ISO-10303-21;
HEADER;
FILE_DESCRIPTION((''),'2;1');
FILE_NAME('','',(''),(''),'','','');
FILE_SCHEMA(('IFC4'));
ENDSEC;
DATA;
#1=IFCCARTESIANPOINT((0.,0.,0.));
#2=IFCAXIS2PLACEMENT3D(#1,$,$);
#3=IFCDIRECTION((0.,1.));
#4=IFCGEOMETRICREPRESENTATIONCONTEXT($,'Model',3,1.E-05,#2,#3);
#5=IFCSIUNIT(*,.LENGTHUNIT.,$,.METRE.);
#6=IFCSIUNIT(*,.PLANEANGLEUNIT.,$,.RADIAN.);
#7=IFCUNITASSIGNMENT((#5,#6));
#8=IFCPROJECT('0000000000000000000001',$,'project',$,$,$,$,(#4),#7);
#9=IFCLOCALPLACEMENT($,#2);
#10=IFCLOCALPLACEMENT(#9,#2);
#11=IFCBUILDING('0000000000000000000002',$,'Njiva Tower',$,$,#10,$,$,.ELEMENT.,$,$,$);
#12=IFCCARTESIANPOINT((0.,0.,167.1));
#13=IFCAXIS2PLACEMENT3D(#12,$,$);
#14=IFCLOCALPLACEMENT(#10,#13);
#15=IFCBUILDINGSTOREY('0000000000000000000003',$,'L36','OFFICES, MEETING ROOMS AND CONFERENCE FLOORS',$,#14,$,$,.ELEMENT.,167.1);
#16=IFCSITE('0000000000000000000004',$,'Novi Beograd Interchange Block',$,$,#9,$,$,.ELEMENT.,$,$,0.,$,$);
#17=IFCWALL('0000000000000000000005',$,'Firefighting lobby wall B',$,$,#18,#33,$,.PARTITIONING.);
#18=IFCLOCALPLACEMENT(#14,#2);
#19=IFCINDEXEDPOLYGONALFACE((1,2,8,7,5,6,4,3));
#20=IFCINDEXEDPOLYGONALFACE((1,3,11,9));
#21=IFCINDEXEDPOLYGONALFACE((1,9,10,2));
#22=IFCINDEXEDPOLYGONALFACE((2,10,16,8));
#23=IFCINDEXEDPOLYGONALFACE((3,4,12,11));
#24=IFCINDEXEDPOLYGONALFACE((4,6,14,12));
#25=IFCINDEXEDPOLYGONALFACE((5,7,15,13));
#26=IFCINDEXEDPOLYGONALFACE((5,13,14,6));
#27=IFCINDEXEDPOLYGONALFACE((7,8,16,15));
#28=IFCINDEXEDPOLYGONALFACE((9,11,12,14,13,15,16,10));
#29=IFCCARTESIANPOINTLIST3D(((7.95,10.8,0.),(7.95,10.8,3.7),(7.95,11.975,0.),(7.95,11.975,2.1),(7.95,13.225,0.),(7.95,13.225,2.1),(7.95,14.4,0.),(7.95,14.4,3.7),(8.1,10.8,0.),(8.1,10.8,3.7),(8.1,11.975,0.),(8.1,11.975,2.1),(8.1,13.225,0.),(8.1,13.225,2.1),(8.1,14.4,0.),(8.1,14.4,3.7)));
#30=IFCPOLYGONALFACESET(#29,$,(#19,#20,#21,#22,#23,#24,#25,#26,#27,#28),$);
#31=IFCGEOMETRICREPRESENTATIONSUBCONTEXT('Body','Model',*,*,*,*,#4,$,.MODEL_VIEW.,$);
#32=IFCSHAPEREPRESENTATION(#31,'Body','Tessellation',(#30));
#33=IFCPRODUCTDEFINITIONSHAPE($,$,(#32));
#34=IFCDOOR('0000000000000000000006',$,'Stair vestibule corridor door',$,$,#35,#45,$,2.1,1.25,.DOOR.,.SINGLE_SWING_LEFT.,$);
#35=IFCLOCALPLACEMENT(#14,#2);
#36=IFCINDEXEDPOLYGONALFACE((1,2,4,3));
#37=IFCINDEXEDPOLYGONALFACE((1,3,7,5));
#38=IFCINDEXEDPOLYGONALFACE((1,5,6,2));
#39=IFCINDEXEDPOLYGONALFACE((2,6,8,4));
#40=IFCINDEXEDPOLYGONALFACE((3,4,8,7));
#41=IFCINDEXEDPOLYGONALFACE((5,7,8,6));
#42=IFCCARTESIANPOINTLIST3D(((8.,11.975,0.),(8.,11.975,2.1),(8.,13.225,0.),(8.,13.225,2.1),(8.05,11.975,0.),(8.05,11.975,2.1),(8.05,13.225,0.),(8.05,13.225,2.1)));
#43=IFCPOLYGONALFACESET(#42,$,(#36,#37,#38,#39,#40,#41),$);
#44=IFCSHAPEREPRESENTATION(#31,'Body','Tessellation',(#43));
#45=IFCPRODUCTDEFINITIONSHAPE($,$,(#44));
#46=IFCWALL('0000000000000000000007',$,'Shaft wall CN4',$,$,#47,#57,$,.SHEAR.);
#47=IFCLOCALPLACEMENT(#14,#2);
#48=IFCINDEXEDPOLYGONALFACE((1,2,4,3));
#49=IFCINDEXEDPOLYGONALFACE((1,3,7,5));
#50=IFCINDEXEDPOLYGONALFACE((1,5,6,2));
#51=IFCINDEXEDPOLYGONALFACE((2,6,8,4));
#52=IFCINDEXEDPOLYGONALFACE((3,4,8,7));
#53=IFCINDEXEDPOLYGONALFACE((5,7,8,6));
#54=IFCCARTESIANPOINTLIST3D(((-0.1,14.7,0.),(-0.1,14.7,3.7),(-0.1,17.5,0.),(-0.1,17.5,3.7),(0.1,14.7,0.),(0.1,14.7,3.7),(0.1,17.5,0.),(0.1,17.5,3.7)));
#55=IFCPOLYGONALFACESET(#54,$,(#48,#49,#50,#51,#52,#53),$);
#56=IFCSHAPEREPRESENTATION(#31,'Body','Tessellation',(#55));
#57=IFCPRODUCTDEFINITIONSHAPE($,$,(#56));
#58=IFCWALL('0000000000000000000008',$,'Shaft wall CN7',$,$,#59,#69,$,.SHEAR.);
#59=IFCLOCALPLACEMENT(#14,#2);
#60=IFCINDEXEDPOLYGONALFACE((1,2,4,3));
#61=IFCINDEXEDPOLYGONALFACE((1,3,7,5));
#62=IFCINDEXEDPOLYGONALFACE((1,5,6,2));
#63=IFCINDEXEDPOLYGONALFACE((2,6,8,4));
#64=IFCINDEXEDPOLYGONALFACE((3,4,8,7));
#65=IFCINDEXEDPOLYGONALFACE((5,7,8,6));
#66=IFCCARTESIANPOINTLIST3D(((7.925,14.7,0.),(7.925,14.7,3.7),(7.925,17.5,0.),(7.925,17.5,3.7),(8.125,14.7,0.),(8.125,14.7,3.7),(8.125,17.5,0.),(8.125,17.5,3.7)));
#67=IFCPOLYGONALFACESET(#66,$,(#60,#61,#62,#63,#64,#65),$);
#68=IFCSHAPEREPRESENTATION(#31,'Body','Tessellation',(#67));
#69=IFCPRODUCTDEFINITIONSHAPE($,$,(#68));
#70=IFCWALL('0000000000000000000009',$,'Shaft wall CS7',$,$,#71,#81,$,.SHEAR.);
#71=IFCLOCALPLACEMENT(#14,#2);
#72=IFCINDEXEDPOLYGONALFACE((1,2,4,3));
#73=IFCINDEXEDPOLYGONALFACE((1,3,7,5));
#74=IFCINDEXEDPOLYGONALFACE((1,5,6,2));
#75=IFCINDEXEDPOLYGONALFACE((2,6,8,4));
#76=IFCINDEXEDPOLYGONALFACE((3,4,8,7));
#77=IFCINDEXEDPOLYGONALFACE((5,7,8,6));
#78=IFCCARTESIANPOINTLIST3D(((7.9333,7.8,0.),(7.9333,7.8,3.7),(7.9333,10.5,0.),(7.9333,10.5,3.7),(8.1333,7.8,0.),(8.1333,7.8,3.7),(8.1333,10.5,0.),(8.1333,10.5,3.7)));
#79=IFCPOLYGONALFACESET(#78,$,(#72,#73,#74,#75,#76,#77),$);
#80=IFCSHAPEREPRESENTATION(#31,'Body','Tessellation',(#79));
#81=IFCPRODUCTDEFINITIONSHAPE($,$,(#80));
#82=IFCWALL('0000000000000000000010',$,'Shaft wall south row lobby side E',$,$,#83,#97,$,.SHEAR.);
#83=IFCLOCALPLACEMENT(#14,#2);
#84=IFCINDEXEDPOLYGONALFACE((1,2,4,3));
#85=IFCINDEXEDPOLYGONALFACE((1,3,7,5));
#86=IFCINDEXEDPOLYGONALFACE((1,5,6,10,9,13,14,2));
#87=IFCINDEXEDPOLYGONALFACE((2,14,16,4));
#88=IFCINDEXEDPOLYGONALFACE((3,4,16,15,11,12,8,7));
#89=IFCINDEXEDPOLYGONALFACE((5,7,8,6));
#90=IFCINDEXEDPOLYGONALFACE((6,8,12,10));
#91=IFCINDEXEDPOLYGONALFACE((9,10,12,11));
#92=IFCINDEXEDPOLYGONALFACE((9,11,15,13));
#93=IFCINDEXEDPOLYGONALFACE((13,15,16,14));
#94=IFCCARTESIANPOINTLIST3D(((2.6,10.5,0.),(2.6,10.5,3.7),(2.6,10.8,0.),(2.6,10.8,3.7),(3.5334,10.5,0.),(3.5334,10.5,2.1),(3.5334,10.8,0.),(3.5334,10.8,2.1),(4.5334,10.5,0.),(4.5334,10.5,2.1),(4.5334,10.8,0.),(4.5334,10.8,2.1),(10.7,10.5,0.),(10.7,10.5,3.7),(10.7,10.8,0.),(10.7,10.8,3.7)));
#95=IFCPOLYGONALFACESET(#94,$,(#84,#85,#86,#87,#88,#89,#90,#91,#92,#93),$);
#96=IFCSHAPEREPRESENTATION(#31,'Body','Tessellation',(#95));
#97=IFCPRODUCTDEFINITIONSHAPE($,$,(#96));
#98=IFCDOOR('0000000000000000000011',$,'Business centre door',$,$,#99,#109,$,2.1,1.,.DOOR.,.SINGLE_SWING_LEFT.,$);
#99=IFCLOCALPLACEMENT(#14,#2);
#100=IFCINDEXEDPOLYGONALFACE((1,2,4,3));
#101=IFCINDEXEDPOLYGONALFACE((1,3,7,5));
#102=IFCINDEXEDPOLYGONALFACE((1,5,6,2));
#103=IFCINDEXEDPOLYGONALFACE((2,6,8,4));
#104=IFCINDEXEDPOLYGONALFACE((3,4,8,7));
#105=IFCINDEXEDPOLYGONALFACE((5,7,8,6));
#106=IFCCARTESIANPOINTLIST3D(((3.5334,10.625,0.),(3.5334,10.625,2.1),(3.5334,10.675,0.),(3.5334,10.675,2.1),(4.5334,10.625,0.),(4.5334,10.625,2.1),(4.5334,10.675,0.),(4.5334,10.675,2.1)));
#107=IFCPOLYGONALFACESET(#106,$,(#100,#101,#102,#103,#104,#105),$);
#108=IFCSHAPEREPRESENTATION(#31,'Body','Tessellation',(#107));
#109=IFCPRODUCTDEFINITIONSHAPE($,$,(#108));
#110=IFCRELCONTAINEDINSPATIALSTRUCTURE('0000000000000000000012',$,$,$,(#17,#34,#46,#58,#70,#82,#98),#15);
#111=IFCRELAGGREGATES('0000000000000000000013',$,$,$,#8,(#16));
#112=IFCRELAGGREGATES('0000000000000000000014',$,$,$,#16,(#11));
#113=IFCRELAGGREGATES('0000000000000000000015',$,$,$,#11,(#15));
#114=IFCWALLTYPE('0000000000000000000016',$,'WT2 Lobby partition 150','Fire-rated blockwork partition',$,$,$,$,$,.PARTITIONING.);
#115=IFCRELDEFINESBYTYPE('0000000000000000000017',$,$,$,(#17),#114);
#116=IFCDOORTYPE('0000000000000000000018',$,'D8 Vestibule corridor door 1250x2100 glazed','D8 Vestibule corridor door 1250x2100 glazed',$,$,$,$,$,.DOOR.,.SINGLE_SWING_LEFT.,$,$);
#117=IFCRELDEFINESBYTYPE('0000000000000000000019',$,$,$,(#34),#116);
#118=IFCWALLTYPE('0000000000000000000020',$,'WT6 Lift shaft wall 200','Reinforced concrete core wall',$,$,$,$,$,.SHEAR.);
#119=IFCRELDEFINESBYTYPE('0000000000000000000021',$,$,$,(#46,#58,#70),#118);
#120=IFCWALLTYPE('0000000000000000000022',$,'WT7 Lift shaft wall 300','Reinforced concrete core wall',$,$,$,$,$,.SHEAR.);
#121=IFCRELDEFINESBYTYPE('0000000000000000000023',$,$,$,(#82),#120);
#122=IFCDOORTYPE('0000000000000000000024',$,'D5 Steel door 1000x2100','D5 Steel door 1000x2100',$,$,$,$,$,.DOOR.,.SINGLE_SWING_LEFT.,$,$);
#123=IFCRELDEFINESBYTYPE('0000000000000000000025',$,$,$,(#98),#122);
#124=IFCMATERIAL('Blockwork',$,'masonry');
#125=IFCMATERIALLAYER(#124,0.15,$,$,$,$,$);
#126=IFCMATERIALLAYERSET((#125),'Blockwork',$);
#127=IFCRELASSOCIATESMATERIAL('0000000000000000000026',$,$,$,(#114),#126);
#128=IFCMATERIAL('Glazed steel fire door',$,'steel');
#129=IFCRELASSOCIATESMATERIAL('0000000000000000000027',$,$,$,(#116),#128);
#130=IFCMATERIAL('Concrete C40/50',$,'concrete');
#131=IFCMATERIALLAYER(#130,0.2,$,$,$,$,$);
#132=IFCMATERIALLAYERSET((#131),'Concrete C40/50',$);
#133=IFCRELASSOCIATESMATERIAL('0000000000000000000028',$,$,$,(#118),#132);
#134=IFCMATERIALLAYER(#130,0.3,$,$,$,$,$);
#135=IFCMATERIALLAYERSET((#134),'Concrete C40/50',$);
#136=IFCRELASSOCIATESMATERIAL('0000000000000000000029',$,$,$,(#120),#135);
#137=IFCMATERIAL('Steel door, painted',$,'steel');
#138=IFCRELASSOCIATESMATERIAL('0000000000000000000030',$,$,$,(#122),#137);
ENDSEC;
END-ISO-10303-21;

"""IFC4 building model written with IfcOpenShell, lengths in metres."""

from ifc_helpers import new_model, si_unit, direction, frame, frame_2d, origin, place, context, subcontext, project, spatial, rectangle, extrude, material, layer, layer_set, type_object, element, fill, save


model = new_model("IFC4")

# Units and contexts
model_context = context("Model", 3, precision=1e-05, world=origin(), true_north=direction((0.0, 1.0)))
body_context = subcontext(model_context, "Body", "Model", "MODEL_VIEW")
ifc_project = project(units=[si_unit("LENGTHUNIT", "METRE"), si_unit("PLANEANGLEUNIT", "RADIAN")], contexts=[model_context])

# Site, building, storey
site_placement = place(None, origin())
site = spatial("IfcSite", under=ifc_project, at=site_placement, Name="Novi Beograd Interchange Block", CompositionType="ELEMENT", RefElevation=0.0)
building_placement = place(site_placement, origin())
building = spatial("IfcBuilding", under=site, at=building_placement, Name="Njiva Tower", CompositionType="ELEMENT")
storey_placement = place(building_placement, frame((0.0, 0.0, 167.1)))
storey = spatial("IfcBuildingStorey", under=building, at=storey_placement, Name="L36", Description="OFFICES, MEETING ROOMS AND CONFERENCE FLOORS", CompositionType="ELEMENT", Elevation=167.1)

# Shared definitions
ifc_material_1 = material(Name="Blockwork", Category="masonry")

# Wall, opening, door
ifc_material_2 = material(Name="Concrete C40/50", Category="concrete")
ifc_material_3 = material(Name="Glazed steel fire door", Category="steel")
ifc_layer_1 = layer(ifc_material_1, 0.15)
ifc_layer_set_1 = layer_set([ifc_layer_1], Name="Blockwork")
wall_type_1 = type_object("IfcWallType", Name="WT2 Lobby partition 150", Description="Fire-rated blockwork partition", PredefinedType="PARTITIONING", material=ifc_layer_set_1)
wall_1_placement = place(storey_placement, frame((8.025, 10.8, 0.0), z_axis=(0.0, 0.0, 1.0), x_axis=(0.0, 1.0, 0.0)))
wall_1 = element("IfcWall", 1, at=wall_1_placement, inside=storey, type_object=wall_type_1, Name="Firefighting lobby wall B", PredefinedType="PARTITIONING", context=body_context, shape_type="SweptSolid", body=[
    extrude(rectangle(XDim=3.6, YDim=0.15, at=frame_2d((1.8, 0.0))), origin(), (0.0, 0.0, 1.0), 3.7),
])
opening_1_placement = place(wall_1_placement, frame((1.175, 0.0, 0.0)))
opening_1 = element("IfcOpeningElement", 2, at=opening_1_placement, cuts=wall_1, PredefinedType="OPENING", context=body_context, shape_type="SweptSolid", body=[
    extrude(rectangle(XDim=1.25, YDim=2.1, at=frame_2d((0.625, 1.05))), frame((0.0, 0.085, 0.0), z_axis=(0.0, -1.0, 0.0), x_axis=(1.0, 0.0, 0.0)), (0.0, 0.0, 1.0), 0.17),
])
door_type_1 = type_object("IfcDoorType", Name="D8 Vestibule corridor door 1250x2100 glazed", Description="D8 Vestibule corridor door 1250x2100 glazed", OperationType="SINGLE_SWING_LEFT", PredefinedType="DOOR", material=ifc_material_3)
door_1_placement = place(opening_1_placement, origin())
door_1 = element("IfcDoor", 3, at=door_1_placement, inside=storey, type_object=door_type_1, Name="Stair vestibule corridor door", OperationType="SINGLE_SWING_LEFT", OverallHeight=2.1, OverallWidth=1.25, PredefinedType="DOOR", context=body_context, shape_type="SweptSolid", body=[
    extrude(rectangle(XDim=1.25, YDim=2.1, at=frame_2d((0.625, 1.05))), frame((0.0, 0.025, 0.0), z_axis=(0.0, -1.0, 0.0), x_axis=(1.0, 0.0, 0.0)), (0.0, 0.0, 1.0), 0.05),
])
fill(opening_1, door_1)

# Walls
ifc_layer_2 = layer(ifc_material_2, 0.2)
ifc_layer_set_2 = layer_set([ifc_layer_2], Name="Concrete C40/50")
wall_type_2 = type_object("IfcWallType", Name="WT6 Lift shaft wall 200", Description="Reinforced concrete core wall", PredefinedType="SHEAR", material=ifc_layer_set_2)
for number, where, z_axis, x_axis, name in (
    (4, (0.0, 14.7, 0.0), (0.0, 0.0, 1.0), (0.0, 1.0, 0.0), "Shaft wall CN4"),
    (5, (8.025, 14.7, 0.0), (0.0, 0.0, 1.0), (0.0, 1.0, 0.0), "Shaft wall CN7"),
):
    element("IfcWall", number, at=place(storey_placement, frame(where, z_axis=z_axis, x_axis=x_axis)), inside=storey, type_object=wall_type_2, Name=name, PredefinedType="SHEAR", context=body_context, shape_type="SweptSolid", body=[
        extrude(rectangle(XDim=2.8, YDim=0.2, at=frame_2d((1.4, 0.0))), origin(), (0.0, 0.0, 1.0), 3.7),
    ])
wall_2_placement = place(storey_placement, frame((8.0333, 7.8, 0.0), z_axis=(0.0, 0.0, 1.0), x_axis=(0.0, 1.0, 0.0)))
element("IfcWall", 6, at=wall_2_placement, inside=storey, type_object=wall_type_2, Name="Shaft wall CS7", PredefinedType="SHEAR", context=body_context, shape_type="SweptSolid", body=[
    extrude(rectangle(XDim=2.7, YDim=0.2, at=frame_2d((1.35, 0.0))), origin(), (0.0, 0.0, 1.0), 3.7),
])

# Wall, opening, door
ifc_layer_3 = layer(ifc_material_2, 0.3)
ifc_layer_set_3 = layer_set([ifc_layer_3], Name="Concrete C40/50")
wall_type_3 = type_object("IfcWallType", Name="WT7 Lift shaft wall 300", Description="Reinforced concrete core wall", PredefinedType="SHEAR", material=ifc_layer_set_3)
wall_3_placement = place(storey_placement, frame((2.6, 10.65, 0.0), z_axis=(0.0, 0.0, 1.0), x_axis=(1.0, 0.0, 0.0)))
wall_3 = element("IfcWall", 7, at=wall_3_placement, inside=storey, type_object=wall_type_3, Name="Shaft wall south row lobby side E", PredefinedType="SHEAR", context=body_context, shape_type="SweptSolid", body=[
    extrude(rectangle(XDim=8.1, YDim=0.3, at=frame_2d((4.05, 0.0))), origin(), (0.0, 0.0, 1.0), 3.7),
])
opening_2_placement = place(wall_3_placement, frame((0.9334, 0.0, 0.0)))
opening_2 = element("IfcOpeningElement", 8, at=opening_2_placement, cuts=wall_3, PredefinedType="OPENING", context=body_context, shape_type="SweptSolid", body=[
    extrude(rectangle(XDim=1.0, YDim=2.1, at=frame_2d((0.5, 1.05))), frame((0.0, 0.16, 0.0), z_axis=(0.0, -1.0, 0.0), x_axis=(1.0, 0.0, 0.0)), (0.0, 0.0, 1.0), 0.32),
])
ifc_material_4 = material(Name="Steel door, painted", Category="steel")
door_type_2 = type_object("IfcDoorType", Name="D5 Steel door 1000x2100", Description="D5 Steel door 1000x2100", OperationType="SINGLE_SWING_LEFT", PredefinedType="DOOR", material=ifc_material_4)
door_2_placement = place(opening_2_placement, origin())
door_2 = element("IfcDoor", 9, at=door_2_placement, inside=storey, type_object=door_type_2, Name="Business centre door", OperationType="SINGLE_SWING_LEFT", OverallHeight=2.1, OverallWidth=1.0, PredefinedType="DOOR", context=body_context, shape_type="SweptSolid", body=[
    extrude(rectangle(XDim=1.0, YDim=2.1, at=frame_2d((0.5, 1.05))), frame((0.0, 0.025, 0.0), z_axis=(0.0, -1.0, 0.0), x_axis=(1.0, 0.0, 0.0)), (0.0, 0.0, 1.0), 0.05),
])
fill(opening_2, door_2)

save(model, "model.ifc")
